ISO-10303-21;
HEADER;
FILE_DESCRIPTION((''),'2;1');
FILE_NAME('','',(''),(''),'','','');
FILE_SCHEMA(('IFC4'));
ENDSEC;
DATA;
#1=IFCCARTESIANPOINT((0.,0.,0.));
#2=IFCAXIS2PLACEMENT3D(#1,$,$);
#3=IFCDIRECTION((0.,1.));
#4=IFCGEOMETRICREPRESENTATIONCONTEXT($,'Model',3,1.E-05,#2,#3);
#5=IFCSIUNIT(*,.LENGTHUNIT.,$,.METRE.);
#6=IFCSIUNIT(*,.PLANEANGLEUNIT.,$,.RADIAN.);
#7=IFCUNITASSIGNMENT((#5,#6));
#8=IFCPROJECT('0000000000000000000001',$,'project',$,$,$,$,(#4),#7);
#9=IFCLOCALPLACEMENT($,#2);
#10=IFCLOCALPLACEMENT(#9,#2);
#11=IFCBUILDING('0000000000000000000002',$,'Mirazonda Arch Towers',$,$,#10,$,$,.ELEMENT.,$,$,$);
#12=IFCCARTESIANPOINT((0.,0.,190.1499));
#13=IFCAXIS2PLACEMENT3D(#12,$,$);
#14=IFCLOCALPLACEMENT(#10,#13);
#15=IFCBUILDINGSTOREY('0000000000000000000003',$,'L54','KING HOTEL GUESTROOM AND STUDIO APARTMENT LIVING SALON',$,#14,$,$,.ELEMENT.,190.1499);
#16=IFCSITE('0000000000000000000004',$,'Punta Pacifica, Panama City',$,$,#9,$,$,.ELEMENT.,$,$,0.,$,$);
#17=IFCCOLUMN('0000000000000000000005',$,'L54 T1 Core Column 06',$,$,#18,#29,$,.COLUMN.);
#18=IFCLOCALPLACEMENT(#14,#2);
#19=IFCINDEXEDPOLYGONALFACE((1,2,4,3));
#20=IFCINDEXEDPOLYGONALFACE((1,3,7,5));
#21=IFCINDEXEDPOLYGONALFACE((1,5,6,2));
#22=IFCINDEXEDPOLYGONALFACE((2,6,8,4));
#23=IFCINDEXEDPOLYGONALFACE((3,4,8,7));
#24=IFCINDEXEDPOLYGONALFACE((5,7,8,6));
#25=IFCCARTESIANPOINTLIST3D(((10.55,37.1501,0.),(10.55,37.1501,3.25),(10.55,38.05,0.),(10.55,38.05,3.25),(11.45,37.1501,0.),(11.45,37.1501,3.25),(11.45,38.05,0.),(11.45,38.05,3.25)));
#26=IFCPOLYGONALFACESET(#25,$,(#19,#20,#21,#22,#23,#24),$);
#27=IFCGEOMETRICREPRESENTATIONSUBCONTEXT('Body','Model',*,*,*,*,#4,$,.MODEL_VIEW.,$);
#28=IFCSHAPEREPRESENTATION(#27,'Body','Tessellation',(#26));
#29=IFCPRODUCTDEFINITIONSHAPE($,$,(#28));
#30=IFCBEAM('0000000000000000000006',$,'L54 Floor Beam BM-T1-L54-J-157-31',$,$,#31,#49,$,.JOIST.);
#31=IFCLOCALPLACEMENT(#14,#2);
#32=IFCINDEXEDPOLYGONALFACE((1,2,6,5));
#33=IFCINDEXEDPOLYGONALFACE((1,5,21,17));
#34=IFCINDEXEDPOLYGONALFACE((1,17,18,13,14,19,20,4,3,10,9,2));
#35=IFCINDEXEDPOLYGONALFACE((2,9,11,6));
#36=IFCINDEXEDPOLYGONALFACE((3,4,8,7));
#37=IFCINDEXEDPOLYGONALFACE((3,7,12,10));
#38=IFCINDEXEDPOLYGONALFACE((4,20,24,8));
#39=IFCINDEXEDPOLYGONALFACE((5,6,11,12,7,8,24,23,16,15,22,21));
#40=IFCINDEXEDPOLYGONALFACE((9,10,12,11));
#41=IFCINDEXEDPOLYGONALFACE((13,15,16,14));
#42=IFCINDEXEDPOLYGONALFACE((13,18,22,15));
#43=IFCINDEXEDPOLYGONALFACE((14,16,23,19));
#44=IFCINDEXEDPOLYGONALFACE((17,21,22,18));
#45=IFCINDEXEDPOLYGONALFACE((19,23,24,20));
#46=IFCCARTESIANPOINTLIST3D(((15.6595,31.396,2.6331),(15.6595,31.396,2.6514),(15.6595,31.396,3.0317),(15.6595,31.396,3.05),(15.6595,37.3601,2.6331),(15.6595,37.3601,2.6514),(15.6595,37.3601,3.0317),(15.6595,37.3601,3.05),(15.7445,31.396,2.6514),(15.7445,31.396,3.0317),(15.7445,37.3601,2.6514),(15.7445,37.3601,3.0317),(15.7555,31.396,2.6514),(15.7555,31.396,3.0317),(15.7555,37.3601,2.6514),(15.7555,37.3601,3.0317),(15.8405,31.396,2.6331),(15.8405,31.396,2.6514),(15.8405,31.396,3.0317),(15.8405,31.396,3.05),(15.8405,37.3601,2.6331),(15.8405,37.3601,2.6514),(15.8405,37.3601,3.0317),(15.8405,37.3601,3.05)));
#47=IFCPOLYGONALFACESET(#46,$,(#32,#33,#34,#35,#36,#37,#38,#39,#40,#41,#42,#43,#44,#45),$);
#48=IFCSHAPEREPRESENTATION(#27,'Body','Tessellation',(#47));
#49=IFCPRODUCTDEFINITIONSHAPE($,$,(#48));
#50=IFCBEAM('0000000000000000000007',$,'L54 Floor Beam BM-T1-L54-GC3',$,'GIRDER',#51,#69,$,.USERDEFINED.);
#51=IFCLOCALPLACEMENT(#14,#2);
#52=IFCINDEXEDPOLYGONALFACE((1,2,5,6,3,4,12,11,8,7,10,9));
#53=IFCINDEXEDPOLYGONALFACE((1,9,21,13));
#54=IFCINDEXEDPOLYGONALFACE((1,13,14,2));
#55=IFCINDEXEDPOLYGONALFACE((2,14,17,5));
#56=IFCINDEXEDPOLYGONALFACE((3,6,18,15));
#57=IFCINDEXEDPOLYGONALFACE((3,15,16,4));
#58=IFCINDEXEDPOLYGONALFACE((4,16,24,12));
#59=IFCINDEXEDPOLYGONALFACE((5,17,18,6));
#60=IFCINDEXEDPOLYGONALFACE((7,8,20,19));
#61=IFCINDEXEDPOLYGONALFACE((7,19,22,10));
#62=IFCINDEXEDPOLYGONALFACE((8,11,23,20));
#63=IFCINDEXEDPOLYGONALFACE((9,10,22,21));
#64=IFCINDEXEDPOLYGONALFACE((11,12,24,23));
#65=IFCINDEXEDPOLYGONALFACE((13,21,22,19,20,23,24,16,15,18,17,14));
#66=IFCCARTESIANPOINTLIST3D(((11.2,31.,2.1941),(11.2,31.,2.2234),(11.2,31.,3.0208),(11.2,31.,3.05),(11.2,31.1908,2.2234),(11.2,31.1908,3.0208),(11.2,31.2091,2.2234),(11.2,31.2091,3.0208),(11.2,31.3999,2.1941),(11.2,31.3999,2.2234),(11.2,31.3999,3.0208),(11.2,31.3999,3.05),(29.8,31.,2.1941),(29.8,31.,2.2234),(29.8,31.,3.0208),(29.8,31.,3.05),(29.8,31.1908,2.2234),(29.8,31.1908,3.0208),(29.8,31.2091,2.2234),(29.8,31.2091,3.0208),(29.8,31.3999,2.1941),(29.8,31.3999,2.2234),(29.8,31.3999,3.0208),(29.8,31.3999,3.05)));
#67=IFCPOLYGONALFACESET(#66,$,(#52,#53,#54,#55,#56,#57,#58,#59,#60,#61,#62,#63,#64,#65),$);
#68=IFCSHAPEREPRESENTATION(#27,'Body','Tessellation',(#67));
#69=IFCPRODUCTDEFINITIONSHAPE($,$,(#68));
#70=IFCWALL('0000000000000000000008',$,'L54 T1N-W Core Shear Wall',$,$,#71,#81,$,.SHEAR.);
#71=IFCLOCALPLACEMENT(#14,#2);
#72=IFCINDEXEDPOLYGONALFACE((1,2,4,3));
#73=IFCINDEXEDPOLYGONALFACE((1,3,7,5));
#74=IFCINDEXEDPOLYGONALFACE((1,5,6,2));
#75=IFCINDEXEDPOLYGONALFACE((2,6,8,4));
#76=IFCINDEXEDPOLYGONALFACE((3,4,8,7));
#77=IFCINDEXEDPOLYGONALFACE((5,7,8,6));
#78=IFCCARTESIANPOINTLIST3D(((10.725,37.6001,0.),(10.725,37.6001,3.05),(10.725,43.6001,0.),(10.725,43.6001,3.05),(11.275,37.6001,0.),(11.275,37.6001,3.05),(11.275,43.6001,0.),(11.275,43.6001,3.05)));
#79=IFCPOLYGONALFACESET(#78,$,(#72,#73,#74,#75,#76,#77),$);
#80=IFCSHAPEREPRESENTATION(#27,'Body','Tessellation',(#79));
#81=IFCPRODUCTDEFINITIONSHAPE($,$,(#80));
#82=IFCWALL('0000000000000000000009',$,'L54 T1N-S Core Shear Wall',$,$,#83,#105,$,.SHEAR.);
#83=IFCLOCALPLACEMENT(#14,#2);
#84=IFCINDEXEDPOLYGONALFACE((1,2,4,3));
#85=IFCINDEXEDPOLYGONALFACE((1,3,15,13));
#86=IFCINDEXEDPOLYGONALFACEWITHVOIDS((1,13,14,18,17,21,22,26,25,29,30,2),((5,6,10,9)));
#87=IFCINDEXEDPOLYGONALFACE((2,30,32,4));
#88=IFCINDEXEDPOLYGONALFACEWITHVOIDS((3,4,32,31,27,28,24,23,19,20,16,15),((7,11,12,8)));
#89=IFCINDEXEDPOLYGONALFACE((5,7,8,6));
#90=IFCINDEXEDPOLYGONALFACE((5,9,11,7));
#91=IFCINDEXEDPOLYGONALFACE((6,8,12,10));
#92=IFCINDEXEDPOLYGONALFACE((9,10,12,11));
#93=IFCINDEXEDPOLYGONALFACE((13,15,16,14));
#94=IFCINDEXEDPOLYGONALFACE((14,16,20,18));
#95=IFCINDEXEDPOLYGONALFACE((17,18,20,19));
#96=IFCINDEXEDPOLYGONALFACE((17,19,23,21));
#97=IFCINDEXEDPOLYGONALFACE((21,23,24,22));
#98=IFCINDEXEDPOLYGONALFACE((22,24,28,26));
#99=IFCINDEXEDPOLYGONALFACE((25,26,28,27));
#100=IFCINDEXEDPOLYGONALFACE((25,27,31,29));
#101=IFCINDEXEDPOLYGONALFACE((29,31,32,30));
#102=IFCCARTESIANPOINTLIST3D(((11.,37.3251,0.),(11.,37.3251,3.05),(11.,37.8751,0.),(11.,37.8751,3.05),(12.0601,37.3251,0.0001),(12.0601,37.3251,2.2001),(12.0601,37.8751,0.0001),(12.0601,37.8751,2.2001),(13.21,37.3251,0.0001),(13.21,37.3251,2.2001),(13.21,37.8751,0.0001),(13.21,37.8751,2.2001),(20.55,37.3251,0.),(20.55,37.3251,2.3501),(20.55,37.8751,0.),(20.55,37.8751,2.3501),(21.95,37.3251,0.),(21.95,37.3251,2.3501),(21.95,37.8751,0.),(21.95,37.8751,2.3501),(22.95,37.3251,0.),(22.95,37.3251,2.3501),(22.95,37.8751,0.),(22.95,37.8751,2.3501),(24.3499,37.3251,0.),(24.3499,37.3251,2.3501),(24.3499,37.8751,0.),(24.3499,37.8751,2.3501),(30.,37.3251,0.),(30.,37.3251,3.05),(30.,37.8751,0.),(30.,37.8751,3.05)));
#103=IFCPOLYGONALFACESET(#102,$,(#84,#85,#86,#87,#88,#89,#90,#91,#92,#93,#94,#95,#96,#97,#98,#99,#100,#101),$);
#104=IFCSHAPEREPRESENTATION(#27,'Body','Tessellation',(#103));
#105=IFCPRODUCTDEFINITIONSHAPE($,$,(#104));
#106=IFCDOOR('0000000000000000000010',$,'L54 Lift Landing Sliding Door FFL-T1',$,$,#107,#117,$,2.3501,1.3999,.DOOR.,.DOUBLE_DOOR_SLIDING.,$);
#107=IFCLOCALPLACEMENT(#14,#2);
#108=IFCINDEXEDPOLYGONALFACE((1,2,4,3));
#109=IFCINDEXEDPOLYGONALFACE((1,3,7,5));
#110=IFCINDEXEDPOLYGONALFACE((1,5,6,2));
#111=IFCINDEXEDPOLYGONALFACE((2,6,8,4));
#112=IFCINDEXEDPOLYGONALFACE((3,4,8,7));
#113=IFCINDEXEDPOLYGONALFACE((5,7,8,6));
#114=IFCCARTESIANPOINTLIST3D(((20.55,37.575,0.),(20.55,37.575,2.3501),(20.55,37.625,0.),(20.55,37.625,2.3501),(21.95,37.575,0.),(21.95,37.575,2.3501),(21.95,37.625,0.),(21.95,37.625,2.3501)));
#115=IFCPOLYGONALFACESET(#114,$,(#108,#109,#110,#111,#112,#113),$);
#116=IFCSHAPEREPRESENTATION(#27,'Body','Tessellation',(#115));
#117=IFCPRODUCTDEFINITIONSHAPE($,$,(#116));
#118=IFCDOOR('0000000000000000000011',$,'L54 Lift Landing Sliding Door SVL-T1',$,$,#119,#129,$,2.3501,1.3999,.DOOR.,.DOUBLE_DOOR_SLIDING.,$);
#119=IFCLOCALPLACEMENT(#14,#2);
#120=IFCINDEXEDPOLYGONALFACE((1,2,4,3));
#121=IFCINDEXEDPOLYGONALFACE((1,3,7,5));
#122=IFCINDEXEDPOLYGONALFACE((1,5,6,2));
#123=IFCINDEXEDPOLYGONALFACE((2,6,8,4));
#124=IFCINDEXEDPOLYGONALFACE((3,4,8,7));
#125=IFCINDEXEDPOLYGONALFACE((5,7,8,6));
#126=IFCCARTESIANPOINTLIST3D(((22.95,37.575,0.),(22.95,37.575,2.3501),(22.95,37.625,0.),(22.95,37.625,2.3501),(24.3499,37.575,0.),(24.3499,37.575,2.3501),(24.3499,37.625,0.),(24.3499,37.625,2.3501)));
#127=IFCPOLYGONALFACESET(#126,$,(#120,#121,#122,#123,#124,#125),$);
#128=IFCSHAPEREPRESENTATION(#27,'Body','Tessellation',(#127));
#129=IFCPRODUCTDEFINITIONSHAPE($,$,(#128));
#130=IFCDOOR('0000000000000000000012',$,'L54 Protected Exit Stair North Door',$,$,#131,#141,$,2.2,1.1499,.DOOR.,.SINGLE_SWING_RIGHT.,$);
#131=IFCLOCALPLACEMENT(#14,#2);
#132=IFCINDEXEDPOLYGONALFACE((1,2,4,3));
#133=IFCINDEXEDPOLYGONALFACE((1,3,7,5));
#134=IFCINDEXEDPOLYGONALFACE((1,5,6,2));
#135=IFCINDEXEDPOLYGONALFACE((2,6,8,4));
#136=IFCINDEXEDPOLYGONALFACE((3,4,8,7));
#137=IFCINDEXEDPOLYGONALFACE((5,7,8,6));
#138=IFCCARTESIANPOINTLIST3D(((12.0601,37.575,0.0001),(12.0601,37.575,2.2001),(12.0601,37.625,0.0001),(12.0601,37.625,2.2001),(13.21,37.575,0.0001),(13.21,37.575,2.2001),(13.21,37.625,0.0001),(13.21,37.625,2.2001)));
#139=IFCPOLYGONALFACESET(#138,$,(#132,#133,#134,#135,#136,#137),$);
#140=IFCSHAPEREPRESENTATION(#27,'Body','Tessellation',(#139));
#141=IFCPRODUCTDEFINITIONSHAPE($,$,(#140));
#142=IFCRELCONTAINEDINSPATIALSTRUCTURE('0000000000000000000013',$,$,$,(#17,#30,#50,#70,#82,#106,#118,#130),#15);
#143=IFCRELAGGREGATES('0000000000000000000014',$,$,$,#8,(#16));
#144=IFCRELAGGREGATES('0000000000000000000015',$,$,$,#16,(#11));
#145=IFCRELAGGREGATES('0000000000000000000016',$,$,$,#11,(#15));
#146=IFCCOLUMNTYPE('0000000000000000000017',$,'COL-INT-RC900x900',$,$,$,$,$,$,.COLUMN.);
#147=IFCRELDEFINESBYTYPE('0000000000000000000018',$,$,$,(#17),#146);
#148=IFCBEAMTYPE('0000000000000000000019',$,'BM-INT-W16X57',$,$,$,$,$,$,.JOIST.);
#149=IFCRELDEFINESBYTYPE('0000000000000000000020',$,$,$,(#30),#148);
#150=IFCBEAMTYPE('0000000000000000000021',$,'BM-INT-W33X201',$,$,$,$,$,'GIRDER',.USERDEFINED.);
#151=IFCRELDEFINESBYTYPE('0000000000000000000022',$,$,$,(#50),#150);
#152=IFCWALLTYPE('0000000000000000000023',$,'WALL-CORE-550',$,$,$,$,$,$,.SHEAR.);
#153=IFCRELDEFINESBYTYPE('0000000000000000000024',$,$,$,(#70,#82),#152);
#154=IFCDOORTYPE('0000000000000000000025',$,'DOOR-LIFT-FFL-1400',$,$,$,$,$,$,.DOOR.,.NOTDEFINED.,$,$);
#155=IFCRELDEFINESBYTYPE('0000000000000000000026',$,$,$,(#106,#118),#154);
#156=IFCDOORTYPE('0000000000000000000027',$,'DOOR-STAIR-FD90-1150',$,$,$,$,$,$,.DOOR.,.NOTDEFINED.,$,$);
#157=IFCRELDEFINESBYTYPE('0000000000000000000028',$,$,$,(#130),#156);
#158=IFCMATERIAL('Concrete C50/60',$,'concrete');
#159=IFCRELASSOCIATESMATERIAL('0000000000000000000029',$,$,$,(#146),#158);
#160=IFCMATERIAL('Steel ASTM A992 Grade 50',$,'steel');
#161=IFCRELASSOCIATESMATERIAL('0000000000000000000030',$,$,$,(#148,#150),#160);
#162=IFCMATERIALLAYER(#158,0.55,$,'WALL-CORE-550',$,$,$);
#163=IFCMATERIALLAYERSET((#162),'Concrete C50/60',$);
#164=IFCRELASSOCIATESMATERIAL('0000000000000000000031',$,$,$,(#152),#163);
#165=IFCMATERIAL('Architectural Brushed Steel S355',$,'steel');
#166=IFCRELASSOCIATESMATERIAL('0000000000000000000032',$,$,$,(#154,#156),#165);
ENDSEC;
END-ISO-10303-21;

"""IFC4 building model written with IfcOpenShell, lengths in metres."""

from ifc_helpers import new_model, si_unit, direction, frame, frame_2d, origin, origin_2d, place, context, subcontext, project, spatial, rectangle, i_section, extrude, material, layer, layer_set, material_profile, profile_set, type_object, element, fill, save


model = new_model("IFC4")

# Units and contexts
model_context = context("Model", 3, precision=1e-05, world=origin(), true_north=direction((0.0, 1.0)))
body_context = subcontext(model_context, "Body", "Model", "MODEL_VIEW")
ifc_project = project(units=[si_unit("LENGTHUNIT", "METRE"), si_unit("PLANEANGLEUNIT", "RADIAN")], contexts=[model_context])

# Site, building, storey
site_placement = place(None, origin())
site = spatial("IfcSite", under=ifc_project, at=site_placement, Name="Punta Pacifica, Panama City", CompositionType="ELEMENT", RefElevation=0.0)
building_placement = place(site_placement, origin())
building = spatial("IfcBuilding", under=site, at=building_placement, Name="Mirazonda Arch Towers", CompositionType="ELEMENT")
storey_placement = place(building_placement, frame((0.0, 0.0, 190.1499)))
storey = spatial("IfcBuildingStorey", under=building, at=storey_placement, Name="L54", Description="KING HOTEL GUESTROOM AND STUDIO APARTMENT LIVING SALON", CompositionType="ELEMENT", Elevation=190.1499)

# Column
ifc_material_1 = material(Name="Concrete C50/60", Category="concrete")
ifc_material_profile_1 = material_profile(ifc_material_1, rectangle(XDim=0.8999, YDim=0.8999, at=origin_2d()), Name="RC900x900")
ifc_profile_set_1 = profile_set([ifc_material_profile_1], Name="Concrete C50/60")
column_type = type_object("IfcColumnType", Name="COL-INT-RC900x900", PredefinedType="COLUMN", material=ifc_profile_set_1)
column_placement = place(storey_placement, frame((11.0, 37.6001, 0.0), z_axis=(0.0, 0.0, 1.0), x_axis=(1.0, 0.0, 0.0)))
element("IfcColumn", 1, at=column_placement, inside=storey, type_object=column_type, Name="L54 T1 Core Column 06", PredefinedType="COLUMN", context=body_context, shape_type="SweptSolid", body=[
    extrude(rectangle(XDim=0.8999, YDim=0.8999, at=origin_2d()), origin(), (0.0, 0.0, 1.0), 3.25),
])

# Beams
ifc_material_2 = material(Name="Steel ASTM A992 Grade 50", Category="steel")
ifc_material_profile_2 = material_profile(ifc_material_2, i_section(OverallWidth=0.1809, OverallDepth=0.417, WebThickness=0.011, FlangeThickness=0.0183, at=origin_2d()), Name="W16X57")
ifc_profile_set_2 = profile_set([ifc_material_profile_2], Name="Steel ASTM A992 Grade 50")
beam_type_1 = type_object("IfcBeamType", Name="BM-INT-W16X57", PredefinedType="JOIST", material=ifc_profile_set_2)
beam_1_placement = place(storey_placement, frame((15.75, 31.396, 2.8416), z_axis=(0.0, 1.0, 0.0), x_axis=(-1.0, 0.0, 0.0)))
element("IfcBeam", 2, at=beam_1_placement, inside=storey, type_object=beam_type_1, Name="L54 Floor Beam BM-T1-L54-J-157-31", PredefinedType="JOIST", context=body_context, shape_type="SweptSolid", body=[
    extrude(i_section(OverallWidth=0.1809, OverallDepth=0.417, WebThickness=0.011, FlangeThickness=0.0183, at=origin_2d()), origin(), (0.0, 0.0, 1.0), 5.9641),
])
ifc_material_profile_3 = material_profile(ifc_material_2, i_section(OverallWidth=0.3999, OverallDepth=0.856, WebThickness=0.0183, FlangeThickness=0.0293, at=origin_2d()), Name="W33X201")
ifc_profile_set_3 = profile_set([ifc_material_profile_3], Name="Steel ASTM A992 Grade 50")
beam_type_2 = type_object("IfcBeamType", Name="BM-INT-W33X201", ElementType="GIRDER", PredefinedType="USERDEFINED", material=ifc_profile_set_3)
beam_2_placement = place(storey_placement, frame((11.2, 31.2, 2.6221), z_axis=(1.0, 0.0, 0.0), x_axis=(0.0, 1.0, 0.0)))
element("IfcBeam", 3, at=beam_2_placement, inside=storey, type_object=beam_type_2, Name="L54 Floor Beam BM-T1-L54-GC3", ObjectType="GIRDER", PredefinedType="USERDEFINED", context=body_context, shape_type="SweptSolid", body=[
    extrude(i_section(OverallWidth=0.3999, OverallDepth=0.856, WebThickness=0.0183, FlangeThickness=0.0293, at=origin_2d()), origin(), (0.0, 0.0, 1.0), 18.6001),
])

# Wall
ifc_layer_1 = layer(ifc_material_1, 0.55, Name="WALL-CORE-550")
ifc_layer_set_1 = layer_set([ifc_layer_1], Name="Concrete C50/60")
wall_type_1 = type_object("IfcWallType", Name="WALL-CORE-550", PredefinedType="SHEAR", material=ifc_layer_set_1)
wall_1_placement = place(storey_placement, frame((11.0, 37.6001, 0.0), z_axis=(0.0, 0.0, 1.0), x_axis=(0.0, 1.0, 0.0)))
element("IfcWall", 4, at=wall_1_placement, inside=storey, type_object=wall_type_1, Name="L54 T1N-W Core Shear Wall", PredefinedType="SHEAR", context=body_context, shape_type="SweptSolid", body=[
    extrude(rectangle(XDim=6.0, YDim=0.55, at=frame_2d((3.0, 0.0))), origin(), (0.0, 0.0, 1.0), 3.05),
])

# Wall, openings, doors
wall_2_placement = place(storey_placement, frame((11.0, 37.6001, 0.0), z_axis=(0.0, 0.0, 1.0), x_axis=(1.0, 0.0, 0.0)))
wall_2 = element("IfcWall", 5, at=wall_2_placement, inside=storey, type_object=wall_type_1, Name="L54 T1N-S Core Shear Wall", PredefinedType="SHEAR", context=body_context, shape_type="SweptSolid", body=[
    extrude(rectangle(XDim=19.0, YDim=0.55, at=frame_2d((9.5, 0.0))), origin(), (0.0, 0.0, 1.0), 3.05),
])
opening_1_placement = place(wall_2_placement, frame((1.0601, 0.0, 0.0)))
opening_1 = element("IfcOpeningElement", 6, at=opening_1_placement, cuts=wall_2, PredefinedType="OPENING", context=body_context, shape_type="SweptSolid", body=[
    extrude(rectangle(XDim=1.1499, YDim=2.2, at=frame_2d((0.575, 1.1001))), frame((0.0, 0.2849, 0.0), z_axis=(0.0, -1.0, 0.0), x_axis=(1.0, 0.0, 0.0)), (0.0, 0.0, 1.0), 0.5701),
])
opening_2_placement = place(wall_2_placement, frame((9.55, 0.0, 0.0)))
opening_2 = element("IfcOpeningElement", 7, at=opening_2_placement, cuts=wall_2, PredefinedType="OPENING", context=body_context, shape_type="SweptSolid", body=[
    extrude(rectangle(XDim=1.3999, YDim=2.3501, at=frame_2d((0.7, 1.175))), frame((0.0, 0.2849, 0.0), z_axis=(0.0, -1.0, 0.0), x_axis=(1.0, 0.0, 0.0)), (0.0, 0.0, 1.0), 0.5701),
])
opening_3_placement = place(wall_2_placement, frame((11.95, 0.0, 0.0)))
opening_3 = element("IfcOpeningElement", 8, at=opening_3_placement, cuts=wall_2, PredefinedType="OPENING", context=body_context, shape_type="SweptSolid", body=[
    extrude(rectangle(XDim=1.3999, YDim=2.3501, at=frame_2d((0.7, 1.175))), frame((0.0, 0.2849, 0.0), z_axis=(0.0, -1.0, 0.0), x_axis=(1.0, 0.0, 0.0)), (0.0, 0.0, 1.0), 0.5701),
])
ifc_material_3 = material(Name="Architectural Brushed Steel S355", Category="steel")
door_type_1 = type_object("IfcDoorType", Name="DOOR-LIFT-FFL-1400", OperationType="NOTDEFINED", PredefinedType="DOOR", material=ifc_material_3)
door_1_placement = place(opening_2_placement, origin())
door_1 = element("IfcDoor", 9, at=door_1_placement, inside=storey, type_object=door_type_1, Name="L54 Lift Landing Sliding Door FFL-T1", OperationType="DOUBLE_DOOR_SLIDING", OverallHeight=2.3501, OverallWidth=1.3999, PredefinedType="DOOR", context=body_context, shape_type="SweptSolid", body=[
    extrude(rectangle(XDim=1.3999, YDim=2.3501, at=frame_2d((0.7, 1.175))), frame((0.0, 0.0249, 0.0), z_axis=(0.0, -1.0, 0.0), x_axis=(1.0, 0.0, 0.0)), (0.0, 0.0, 1.0), 0.05),
])
fill(opening_2, door_1)
door_2_placement = place(opening_3_placement, origin())
door_2 = element("IfcDoor", 10, at=door_2_placement, inside=storey, type_object=door_type_1, Name="L54 Lift Landing Sliding Door SVL-T1", OperationType="DOUBLE_DOOR_SLIDING", OverallHeight=2.3501, OverallWidth=1.3999, PredefinedType="DOOR", context=body_context, shape_type="SweptSolid", body=[
    extrude(rectangle(XDim=1.3999, YDim=2.3501, at=frame_2d((0.7, 1.175))), frame((0.0, 0.0249, 0.0), z_axis=(0.0, -1.0, 0.0), x_axis=(1.0, 0.0, 0.0)), (0.0, 0.0, 1.0), 0.05),
])
fill(opening_3, door_2)
door_type_2 = type_object("IfcDoorType", Name="DOOR-STAIR-FD90-1150", OperationType="NOTDEFINED", PredefinedType="DOOR", material=ifc_material_3)
door_3_placement = place(opening_1_placement, origin())
door_3 = element("IfcDoor", 11, at=door_3_placement, inside=storey, type_object=door_type_2, Name="L54 Protected Exit Stair North Door", OperationType="SINGLE_SWING_RIGHT", OverallHeight=2.2, OverallWidth=1.1499, PredefinedType="DOOR", context=body_context, shape_type="SweptSolid", body=[
    extrude(rectangle(XDim=1.1499, YDim=2.2, at=frame_2d((0.575, 1.1001))), frame((0.0, 0.0249, 0.0), z_axis=(0.0, -1.0, 0.0), x_axis=(1.0, 0.0, 0.0)), (0.0, 0.0, 1.0), 0.05),
])
fill(opening_1, door_3)

save(model, "model.ifc")
